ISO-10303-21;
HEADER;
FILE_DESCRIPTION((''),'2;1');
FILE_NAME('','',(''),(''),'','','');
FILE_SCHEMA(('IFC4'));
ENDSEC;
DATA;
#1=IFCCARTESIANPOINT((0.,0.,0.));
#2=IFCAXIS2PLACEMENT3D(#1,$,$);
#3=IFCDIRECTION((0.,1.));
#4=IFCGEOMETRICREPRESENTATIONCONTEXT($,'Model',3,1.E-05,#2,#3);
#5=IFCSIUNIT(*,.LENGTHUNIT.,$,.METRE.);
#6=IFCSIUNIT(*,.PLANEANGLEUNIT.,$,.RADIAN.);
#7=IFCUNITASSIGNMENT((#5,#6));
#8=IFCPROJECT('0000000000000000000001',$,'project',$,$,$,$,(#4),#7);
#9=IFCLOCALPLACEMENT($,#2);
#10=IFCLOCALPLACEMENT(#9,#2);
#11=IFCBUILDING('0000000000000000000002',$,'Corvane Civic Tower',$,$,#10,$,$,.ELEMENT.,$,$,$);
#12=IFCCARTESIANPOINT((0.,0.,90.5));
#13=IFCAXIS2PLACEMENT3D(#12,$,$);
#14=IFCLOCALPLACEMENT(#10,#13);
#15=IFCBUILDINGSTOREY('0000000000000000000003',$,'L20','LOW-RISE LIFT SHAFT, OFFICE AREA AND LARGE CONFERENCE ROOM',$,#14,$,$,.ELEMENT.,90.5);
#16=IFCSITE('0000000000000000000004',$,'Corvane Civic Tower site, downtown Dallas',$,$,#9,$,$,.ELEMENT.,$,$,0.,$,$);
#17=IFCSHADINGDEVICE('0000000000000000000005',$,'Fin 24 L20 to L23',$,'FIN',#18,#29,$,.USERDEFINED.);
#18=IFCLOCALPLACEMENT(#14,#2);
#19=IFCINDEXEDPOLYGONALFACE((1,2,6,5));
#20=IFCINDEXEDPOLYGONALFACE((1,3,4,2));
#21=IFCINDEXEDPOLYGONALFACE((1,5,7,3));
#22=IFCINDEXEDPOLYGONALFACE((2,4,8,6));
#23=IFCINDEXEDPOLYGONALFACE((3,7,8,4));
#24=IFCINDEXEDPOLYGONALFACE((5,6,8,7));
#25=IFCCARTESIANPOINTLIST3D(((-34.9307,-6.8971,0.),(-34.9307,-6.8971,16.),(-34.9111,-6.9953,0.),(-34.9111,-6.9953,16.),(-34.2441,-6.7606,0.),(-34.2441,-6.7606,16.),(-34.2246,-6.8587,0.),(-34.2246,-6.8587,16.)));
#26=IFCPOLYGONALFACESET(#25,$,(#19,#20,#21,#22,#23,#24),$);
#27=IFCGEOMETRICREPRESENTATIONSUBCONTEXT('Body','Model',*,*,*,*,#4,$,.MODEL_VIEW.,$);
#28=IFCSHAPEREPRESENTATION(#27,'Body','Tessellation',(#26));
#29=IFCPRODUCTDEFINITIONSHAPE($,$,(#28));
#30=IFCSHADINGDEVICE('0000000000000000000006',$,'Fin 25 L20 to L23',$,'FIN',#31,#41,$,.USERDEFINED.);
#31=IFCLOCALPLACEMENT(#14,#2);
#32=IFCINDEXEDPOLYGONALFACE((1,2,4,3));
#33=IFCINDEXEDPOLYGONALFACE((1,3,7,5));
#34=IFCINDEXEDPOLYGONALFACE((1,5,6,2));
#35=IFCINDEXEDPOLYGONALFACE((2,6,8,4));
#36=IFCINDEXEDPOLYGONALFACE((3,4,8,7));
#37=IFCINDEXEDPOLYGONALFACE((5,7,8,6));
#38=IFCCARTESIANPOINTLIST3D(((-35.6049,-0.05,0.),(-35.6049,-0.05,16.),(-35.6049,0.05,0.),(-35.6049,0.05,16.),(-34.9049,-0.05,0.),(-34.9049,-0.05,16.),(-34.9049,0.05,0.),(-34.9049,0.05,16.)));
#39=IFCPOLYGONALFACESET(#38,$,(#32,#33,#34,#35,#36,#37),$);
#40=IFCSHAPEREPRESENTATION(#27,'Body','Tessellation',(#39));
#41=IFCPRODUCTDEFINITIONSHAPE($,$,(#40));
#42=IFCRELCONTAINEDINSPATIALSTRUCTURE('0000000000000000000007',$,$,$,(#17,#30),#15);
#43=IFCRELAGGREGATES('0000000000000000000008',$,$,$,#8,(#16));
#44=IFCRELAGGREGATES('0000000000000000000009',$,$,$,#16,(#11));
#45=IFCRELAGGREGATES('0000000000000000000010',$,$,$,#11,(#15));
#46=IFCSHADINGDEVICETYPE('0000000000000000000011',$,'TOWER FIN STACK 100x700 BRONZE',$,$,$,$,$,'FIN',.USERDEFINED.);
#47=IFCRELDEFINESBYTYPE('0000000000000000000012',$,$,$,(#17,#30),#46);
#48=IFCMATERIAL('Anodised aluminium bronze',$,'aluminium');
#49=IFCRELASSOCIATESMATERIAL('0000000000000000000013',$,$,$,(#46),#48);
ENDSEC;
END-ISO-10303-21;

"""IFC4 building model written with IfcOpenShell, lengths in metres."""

from ifc_helpers import new_model, si_unit, direction, frame, origin, origin_2d, place, context, subcontext, project, spatial, rectangle, extrude, material, material_profile, profile_set, type_object, element, save


model = new_model("IFC4")

# Units and contexts
model_context = context("Model", 3, precision=1e-05, world=origin(), true_north=direction((0.0, 1.0)))
body_context = subcontext(model_context, "Body", "Model", "MODEL_VIEW")
ifc_project = project(units=[si_unit("LENGTHUNIT", "METRE"), si_unit("PLANEANGLEUNIT", "RADIAN")], contexts=[model_context])

# Site, building, storey
site_placement = place(None, origin())
site = spatial("IfcSite", under=ifc_project, at=site_placement, Name="Corvane Civic Tower site, downtown Dallas", CompositionType="ELEMENT", RefElevation=0.0)
building_placement = place(site_placement, origin())
building = spatial("IfcBuilding", under=site, at=building_placement, Name="Corvane Civic Tower", CompositionType="ELEMENT")
storey_placement = place(building_placement, frame((0.0, 0.0, 90.5)))
storey = spatial("IfcBuildingStorey", under=building, at=storey_placement, Name="L20", Description="LOW-RISE LIFT SHAFT, OFFICE AREA AND LARGE CONFERENCE ROOM", CompositionType="ELEMENT", Elevation=90.5)

# Shading devices
ifc_material_1 = material(Name="Anodised aluminium bronze", Category="aluminium")
ifc_material_profile_1 = material_profile(ifc_material_1, rectangle(XDim=0.1001, YDim=0.7, at=origin_2d()), Name="TOWER FIN STACK 100x700 BRONZE")
ifc_profile_set_1 = profile_set([ifc_material_profile_1], Name="Anodised aluminium bronze")
shading_device_type = type_object("IfcShadingDeviceType", Name="TOWER FIN STACK 100x700 BRONZE", ElementType="FIN", PredefinedType="USERDEFINED", material=ifc_profile_set_1)
for number, where, z_axis, x_axis, name in (
    (1, (-34.5776, -6.8779, 0.0), (0.0, 0.0, 1.0), (-0.19509, 0.980785, 0.0), "Fin 24 L20 to L23"),
    (2, (-35.2549, 0.0, 0.0), (0.0, 0.0, 1.0), (0.0, 1.0, 0.0), "Fin 25 L20 to L23"),
):
    element("IfcShadingDevice", number, at=place(storey_placement, frame(where, z_axis=z_axis, x_axis=x_axis)), inside=storey, type_object=shading_device_type, Name=name, ObjectType="FIN", PredefinedType="USERDEFINED", context=body_context, shape_type="SweptSolid", body=[
        extrude(rectangle(XDim=0.1001, YDim=0.7, at=origin_2d()), origin(), (0.0, 0.0, 1.0), 16.0),
    ])

save(model, "model.ifc")
